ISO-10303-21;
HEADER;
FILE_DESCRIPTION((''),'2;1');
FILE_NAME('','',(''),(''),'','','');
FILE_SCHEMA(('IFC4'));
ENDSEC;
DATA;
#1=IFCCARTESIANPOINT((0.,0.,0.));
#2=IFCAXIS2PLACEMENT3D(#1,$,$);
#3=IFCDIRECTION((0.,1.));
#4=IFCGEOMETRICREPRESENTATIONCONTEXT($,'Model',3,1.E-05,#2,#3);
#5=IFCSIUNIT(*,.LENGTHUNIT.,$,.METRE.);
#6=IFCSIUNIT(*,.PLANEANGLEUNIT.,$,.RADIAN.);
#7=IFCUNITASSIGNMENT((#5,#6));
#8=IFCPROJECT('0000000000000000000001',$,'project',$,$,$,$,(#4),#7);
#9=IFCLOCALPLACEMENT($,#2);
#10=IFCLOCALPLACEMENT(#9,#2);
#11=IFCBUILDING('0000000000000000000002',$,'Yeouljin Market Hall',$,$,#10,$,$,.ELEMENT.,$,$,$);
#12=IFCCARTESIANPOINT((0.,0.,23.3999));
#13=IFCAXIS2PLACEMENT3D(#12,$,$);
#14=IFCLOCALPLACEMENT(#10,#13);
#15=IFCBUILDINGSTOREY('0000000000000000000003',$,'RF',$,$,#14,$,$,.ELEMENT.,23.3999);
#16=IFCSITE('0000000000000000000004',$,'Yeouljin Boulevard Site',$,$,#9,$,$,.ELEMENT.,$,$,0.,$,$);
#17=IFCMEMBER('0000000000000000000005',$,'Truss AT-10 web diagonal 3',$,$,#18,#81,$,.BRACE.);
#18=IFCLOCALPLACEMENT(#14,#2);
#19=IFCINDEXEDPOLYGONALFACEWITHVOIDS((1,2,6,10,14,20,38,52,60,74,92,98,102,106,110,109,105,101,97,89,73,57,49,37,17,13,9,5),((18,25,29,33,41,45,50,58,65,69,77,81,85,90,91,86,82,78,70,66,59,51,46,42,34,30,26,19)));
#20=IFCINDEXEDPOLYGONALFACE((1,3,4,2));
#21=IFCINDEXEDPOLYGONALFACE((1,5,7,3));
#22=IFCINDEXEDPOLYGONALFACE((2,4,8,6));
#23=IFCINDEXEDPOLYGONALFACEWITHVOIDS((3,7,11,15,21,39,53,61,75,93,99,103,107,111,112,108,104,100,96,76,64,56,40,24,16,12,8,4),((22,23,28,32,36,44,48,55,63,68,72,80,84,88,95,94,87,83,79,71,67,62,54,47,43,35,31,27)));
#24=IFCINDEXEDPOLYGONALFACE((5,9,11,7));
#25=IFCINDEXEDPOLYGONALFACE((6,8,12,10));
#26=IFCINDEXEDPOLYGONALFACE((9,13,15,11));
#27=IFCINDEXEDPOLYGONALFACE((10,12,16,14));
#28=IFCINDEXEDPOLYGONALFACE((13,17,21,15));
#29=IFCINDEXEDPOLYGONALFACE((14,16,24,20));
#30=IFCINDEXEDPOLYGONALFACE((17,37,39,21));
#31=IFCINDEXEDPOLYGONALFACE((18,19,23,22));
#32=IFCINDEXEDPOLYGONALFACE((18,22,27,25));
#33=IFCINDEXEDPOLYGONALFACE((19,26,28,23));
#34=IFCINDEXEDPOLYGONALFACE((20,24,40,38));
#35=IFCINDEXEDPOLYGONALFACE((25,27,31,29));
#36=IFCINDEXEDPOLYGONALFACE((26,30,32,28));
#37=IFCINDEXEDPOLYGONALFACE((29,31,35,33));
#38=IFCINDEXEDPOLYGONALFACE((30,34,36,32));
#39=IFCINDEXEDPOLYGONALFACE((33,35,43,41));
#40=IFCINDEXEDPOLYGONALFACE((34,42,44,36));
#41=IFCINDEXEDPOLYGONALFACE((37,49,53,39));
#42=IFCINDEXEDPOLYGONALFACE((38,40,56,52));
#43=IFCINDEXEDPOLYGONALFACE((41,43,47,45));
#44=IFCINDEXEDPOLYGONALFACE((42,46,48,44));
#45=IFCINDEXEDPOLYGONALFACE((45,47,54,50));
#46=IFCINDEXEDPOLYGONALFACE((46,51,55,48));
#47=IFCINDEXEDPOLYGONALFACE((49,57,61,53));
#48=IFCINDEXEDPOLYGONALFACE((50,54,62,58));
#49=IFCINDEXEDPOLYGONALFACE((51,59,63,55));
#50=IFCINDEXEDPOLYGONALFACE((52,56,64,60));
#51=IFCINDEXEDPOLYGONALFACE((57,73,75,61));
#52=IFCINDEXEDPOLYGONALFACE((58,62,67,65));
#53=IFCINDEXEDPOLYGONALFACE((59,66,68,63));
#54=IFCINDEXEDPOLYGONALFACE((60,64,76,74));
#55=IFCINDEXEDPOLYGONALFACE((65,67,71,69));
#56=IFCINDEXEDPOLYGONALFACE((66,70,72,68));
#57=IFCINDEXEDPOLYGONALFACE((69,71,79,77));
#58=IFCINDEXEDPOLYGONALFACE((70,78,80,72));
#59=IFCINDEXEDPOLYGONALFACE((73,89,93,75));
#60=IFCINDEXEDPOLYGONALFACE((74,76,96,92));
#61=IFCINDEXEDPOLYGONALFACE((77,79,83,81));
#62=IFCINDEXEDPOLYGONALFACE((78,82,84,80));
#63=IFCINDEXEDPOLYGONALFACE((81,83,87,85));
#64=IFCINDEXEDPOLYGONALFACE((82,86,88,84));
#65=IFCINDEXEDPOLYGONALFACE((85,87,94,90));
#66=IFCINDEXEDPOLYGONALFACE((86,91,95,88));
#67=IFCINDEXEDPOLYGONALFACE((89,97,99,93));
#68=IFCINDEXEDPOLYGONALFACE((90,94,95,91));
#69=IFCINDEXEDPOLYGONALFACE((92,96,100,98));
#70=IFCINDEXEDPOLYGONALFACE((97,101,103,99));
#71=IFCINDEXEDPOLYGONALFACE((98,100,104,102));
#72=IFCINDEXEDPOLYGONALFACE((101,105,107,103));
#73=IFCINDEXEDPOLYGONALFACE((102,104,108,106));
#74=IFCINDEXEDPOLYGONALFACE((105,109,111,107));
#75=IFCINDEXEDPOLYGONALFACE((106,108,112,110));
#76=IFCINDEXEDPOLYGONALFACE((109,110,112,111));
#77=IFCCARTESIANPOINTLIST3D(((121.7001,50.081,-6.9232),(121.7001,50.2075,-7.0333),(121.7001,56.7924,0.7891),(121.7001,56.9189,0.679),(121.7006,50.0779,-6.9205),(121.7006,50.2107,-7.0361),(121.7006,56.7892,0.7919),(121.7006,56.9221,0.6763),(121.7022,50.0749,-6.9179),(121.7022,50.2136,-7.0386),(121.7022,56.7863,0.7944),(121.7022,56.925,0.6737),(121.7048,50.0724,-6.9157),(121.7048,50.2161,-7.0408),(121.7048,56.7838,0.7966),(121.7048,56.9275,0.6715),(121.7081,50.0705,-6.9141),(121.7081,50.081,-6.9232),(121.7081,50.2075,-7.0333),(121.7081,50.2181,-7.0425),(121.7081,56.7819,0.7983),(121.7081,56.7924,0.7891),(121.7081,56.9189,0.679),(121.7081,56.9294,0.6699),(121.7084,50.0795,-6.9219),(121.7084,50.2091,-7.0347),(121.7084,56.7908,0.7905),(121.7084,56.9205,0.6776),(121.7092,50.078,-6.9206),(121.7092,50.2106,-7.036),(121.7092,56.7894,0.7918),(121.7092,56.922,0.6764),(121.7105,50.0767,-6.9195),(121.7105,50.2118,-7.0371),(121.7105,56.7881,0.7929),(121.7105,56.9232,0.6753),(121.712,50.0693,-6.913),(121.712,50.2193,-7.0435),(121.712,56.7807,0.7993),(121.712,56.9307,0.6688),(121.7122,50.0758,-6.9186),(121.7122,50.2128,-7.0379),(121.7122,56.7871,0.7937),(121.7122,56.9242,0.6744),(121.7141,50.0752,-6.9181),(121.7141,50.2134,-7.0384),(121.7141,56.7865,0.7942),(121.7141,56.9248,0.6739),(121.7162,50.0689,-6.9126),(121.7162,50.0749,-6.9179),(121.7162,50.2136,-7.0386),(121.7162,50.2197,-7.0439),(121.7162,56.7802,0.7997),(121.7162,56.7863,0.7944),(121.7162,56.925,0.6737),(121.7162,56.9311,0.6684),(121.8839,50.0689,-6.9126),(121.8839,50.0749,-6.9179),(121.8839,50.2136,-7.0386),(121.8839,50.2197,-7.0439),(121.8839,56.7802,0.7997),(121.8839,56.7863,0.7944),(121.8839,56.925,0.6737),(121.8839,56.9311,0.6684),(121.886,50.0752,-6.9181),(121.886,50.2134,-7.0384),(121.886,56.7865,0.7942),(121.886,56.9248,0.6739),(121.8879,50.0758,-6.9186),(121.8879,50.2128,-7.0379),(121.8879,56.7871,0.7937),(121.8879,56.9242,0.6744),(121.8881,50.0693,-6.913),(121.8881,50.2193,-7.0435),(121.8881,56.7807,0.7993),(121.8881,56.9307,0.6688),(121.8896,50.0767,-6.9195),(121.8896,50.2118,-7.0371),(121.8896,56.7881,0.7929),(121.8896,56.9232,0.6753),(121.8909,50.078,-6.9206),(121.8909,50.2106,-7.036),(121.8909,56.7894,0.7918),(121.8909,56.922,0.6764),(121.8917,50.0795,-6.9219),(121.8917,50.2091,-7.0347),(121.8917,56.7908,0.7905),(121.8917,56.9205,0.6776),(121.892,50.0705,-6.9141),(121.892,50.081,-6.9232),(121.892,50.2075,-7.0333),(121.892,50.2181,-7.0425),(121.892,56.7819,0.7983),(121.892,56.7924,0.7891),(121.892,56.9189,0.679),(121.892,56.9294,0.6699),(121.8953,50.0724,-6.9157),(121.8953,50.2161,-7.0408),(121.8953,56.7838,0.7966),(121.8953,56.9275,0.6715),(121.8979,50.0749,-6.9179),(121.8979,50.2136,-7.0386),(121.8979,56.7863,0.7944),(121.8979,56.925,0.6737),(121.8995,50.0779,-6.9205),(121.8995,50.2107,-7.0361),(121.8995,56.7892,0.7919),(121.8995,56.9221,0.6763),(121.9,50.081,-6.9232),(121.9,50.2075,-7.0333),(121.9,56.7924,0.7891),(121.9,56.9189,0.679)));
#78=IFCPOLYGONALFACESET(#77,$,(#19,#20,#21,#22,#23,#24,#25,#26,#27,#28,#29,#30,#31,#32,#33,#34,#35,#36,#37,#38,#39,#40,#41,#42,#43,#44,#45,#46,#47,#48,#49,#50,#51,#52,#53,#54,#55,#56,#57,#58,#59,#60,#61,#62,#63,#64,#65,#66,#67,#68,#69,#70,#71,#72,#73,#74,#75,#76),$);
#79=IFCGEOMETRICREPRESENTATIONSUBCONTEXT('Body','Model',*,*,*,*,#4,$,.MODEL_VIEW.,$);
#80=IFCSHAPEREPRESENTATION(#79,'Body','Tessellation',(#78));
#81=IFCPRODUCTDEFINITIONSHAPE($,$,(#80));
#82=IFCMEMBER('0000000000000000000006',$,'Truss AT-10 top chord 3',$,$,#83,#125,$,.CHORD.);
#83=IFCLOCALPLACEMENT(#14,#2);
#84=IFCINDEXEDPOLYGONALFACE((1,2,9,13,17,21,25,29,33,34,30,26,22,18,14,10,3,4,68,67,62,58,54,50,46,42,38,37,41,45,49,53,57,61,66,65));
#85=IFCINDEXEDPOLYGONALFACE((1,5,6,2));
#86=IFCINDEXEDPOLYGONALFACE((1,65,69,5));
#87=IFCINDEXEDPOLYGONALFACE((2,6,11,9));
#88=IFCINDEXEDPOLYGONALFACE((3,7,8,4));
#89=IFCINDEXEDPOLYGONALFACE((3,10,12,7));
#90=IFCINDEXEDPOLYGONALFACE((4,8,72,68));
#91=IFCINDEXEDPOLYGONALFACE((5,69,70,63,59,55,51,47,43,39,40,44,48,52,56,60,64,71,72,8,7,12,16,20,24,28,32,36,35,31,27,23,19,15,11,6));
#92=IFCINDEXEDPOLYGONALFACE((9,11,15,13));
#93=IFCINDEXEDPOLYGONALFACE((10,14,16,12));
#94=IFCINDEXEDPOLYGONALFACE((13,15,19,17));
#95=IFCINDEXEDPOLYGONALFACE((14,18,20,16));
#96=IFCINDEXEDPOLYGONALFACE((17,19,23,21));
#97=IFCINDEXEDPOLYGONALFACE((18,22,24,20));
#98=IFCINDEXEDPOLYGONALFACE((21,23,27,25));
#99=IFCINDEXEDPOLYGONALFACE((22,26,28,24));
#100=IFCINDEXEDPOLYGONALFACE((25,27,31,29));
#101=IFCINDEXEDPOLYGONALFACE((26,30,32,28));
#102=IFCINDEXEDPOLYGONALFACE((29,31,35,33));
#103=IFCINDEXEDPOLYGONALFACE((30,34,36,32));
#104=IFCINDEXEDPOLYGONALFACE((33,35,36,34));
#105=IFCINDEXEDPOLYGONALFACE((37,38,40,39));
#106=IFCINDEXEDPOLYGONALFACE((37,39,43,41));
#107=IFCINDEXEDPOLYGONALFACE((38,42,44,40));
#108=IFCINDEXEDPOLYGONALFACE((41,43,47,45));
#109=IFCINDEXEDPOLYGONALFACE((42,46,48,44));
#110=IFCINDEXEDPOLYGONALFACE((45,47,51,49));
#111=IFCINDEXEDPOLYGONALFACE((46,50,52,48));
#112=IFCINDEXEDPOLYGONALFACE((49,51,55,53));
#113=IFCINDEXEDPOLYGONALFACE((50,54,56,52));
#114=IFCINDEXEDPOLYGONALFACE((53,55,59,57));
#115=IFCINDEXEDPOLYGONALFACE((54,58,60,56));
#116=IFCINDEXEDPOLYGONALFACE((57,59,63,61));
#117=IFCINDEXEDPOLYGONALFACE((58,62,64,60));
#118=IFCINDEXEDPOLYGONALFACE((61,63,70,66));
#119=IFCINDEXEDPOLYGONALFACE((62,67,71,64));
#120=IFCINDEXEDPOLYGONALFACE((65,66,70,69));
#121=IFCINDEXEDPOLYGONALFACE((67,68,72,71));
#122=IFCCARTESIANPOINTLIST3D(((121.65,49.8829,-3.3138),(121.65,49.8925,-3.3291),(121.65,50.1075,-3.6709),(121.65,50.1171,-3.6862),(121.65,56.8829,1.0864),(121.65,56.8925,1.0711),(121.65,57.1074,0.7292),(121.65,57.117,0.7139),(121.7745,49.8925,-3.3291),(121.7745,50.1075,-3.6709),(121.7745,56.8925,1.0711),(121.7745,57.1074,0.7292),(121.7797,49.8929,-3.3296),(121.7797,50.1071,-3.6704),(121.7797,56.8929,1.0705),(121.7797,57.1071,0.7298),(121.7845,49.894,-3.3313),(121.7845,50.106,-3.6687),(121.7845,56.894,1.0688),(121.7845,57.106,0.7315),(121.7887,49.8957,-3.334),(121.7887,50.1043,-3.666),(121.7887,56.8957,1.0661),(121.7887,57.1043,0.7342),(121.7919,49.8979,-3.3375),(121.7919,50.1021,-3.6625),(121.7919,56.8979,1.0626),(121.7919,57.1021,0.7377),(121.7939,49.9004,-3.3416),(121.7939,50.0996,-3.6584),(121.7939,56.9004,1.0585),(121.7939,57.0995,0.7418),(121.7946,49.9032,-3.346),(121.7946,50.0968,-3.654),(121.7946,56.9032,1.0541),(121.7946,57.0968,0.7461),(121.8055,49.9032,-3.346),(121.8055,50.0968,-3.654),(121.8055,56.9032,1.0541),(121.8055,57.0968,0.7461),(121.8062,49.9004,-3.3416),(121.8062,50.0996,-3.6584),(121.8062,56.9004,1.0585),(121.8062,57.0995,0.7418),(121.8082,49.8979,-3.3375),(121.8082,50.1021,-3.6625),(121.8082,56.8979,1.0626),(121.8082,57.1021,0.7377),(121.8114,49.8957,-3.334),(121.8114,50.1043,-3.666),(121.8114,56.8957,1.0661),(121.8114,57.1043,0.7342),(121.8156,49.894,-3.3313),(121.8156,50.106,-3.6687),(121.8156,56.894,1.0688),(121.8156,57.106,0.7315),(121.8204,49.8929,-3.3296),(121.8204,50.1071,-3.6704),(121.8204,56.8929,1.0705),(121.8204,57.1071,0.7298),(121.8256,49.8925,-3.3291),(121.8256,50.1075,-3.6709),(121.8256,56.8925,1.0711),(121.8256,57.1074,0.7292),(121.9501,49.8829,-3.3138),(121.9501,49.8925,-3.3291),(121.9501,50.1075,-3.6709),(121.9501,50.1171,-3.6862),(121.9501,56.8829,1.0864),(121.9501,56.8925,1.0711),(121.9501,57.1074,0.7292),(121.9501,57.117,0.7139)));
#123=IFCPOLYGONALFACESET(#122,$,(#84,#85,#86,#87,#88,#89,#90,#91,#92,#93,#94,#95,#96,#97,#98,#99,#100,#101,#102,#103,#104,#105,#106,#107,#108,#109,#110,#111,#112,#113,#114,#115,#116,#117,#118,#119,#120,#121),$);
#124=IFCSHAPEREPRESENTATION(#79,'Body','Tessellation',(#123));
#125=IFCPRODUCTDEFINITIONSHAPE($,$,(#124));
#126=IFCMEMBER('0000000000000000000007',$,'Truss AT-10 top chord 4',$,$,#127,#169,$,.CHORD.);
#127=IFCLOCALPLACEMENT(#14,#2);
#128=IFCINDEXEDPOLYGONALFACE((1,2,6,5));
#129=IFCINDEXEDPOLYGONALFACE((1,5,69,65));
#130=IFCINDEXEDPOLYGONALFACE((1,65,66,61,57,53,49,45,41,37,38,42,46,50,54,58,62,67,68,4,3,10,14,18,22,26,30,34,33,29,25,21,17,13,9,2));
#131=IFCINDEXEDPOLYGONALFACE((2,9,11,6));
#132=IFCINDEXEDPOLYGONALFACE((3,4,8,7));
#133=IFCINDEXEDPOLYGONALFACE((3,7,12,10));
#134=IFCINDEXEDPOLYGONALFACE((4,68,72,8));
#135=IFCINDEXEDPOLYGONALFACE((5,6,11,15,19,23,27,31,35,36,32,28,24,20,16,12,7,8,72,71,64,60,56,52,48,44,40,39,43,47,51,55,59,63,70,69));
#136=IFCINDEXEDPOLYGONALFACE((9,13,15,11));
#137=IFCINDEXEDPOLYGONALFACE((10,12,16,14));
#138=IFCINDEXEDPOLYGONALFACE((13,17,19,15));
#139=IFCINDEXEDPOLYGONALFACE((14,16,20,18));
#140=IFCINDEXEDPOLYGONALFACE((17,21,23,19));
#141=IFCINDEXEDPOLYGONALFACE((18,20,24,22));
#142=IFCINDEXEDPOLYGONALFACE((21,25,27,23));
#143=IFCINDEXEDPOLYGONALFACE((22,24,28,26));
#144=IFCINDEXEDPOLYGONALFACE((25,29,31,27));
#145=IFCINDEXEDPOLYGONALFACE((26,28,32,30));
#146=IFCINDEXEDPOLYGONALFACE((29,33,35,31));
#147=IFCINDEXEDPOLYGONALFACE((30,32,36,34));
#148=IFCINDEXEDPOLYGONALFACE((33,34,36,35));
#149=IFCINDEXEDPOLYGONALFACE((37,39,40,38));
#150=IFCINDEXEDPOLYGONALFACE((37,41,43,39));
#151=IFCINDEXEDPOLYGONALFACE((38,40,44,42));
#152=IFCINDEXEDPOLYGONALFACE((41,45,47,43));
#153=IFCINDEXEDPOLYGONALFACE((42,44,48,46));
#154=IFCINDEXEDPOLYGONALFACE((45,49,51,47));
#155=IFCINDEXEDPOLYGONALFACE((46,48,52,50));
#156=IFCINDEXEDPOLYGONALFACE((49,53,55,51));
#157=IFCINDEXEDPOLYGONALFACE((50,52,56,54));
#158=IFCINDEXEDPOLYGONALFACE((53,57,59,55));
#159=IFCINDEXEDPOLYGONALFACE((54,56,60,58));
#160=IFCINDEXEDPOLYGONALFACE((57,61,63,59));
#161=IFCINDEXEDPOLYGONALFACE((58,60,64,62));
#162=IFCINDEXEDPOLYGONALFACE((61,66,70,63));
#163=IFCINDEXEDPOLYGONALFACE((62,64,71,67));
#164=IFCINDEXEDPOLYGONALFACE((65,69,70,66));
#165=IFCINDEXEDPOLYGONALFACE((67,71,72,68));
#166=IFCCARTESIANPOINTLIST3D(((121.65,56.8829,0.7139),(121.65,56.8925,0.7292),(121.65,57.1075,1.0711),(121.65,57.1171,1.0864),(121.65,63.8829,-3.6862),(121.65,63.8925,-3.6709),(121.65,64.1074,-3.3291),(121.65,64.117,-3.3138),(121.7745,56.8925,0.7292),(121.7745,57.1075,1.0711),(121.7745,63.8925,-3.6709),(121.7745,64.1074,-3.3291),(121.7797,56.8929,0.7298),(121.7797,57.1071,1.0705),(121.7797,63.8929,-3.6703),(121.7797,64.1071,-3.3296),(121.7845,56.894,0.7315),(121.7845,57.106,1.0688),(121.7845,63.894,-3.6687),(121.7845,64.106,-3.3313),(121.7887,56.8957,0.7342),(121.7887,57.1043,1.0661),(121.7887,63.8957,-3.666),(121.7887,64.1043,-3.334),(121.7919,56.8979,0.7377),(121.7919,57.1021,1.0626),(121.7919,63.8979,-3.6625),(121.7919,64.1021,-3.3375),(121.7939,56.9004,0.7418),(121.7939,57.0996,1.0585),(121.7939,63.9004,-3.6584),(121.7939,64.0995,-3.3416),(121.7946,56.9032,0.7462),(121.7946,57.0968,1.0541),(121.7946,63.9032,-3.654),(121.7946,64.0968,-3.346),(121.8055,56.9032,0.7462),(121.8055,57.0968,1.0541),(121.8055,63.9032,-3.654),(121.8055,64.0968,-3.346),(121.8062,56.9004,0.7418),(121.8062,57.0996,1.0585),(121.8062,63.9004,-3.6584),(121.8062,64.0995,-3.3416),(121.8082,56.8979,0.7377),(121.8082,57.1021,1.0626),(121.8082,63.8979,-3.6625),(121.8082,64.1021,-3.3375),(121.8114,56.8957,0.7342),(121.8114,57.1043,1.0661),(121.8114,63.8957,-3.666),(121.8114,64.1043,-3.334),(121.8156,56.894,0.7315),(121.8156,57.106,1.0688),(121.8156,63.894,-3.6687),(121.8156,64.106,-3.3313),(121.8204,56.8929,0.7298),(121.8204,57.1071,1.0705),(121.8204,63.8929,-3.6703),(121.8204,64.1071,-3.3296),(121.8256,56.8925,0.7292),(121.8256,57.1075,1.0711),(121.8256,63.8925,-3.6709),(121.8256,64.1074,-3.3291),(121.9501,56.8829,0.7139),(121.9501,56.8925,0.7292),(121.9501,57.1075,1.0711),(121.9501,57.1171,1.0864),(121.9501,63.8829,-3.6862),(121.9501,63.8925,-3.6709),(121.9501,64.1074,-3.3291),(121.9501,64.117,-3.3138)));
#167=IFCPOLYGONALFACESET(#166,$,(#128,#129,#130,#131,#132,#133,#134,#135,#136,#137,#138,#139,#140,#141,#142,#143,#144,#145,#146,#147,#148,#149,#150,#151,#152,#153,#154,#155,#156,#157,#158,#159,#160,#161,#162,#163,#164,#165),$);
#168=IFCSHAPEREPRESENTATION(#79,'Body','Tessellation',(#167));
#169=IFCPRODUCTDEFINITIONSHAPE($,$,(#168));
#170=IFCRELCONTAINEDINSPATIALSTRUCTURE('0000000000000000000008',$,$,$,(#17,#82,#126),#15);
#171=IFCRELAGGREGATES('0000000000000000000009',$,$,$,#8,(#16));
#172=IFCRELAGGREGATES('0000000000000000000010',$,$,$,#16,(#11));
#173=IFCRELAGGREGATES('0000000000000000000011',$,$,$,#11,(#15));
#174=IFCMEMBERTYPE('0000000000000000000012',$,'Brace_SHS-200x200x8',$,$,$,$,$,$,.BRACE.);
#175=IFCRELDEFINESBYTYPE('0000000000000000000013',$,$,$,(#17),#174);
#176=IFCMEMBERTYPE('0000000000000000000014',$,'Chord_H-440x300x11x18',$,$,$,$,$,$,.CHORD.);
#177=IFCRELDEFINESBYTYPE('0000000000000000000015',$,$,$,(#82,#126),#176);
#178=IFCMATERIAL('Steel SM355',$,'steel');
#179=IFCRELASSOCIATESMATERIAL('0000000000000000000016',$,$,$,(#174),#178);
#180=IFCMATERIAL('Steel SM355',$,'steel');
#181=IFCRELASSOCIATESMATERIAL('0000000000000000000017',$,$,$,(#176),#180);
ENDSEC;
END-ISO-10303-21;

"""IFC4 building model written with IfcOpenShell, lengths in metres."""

from ifc_helpers import new_model, si_unit, direction, frame, origin, origin_2d, place, context, subcontext, project, spatial, hollow_rectangle, i_section, extrude, material, material_profile, profile_set, type_object, element, save


model = new_model("IFC4")

# Units and contexts
model_context = context("Model", 3, precision=1e-05, world=origin(), true_north=direction((0.0, 1.0)))
body_context = subcontext(model_context, "Body", "Model", "MODEL_VIEW")
ifc_project = project(units=[si_unit("LENGTHUNIT", "METRE"), si_unit("PLANEANGLEUNIT", "RADIAN")], contexts=[model_context])

# Site, building, storey
site_placement = place(None, origin())
site = spatial("IfcSite", under=ifc_project, at=site_placement, Name="Yeouljin Boulevard Site", CompositionType="ELEMENT", RefElevation=0.0)
building_placement = place(site_placement, origin())
building = spatial("IfcBuilding", under=site, at=building_placement, Name="Yeouljin Market Hall", CompositionType="ELEMENT")
storey_placement = place(building_placement, frame((0.0, 0.0, 23.3999)))
storey = spatial("IfcBuildingStorey", under=building, at=storey_placement, Name="RF", CompositionType="ELEMENT", Elevation=23.3999)

# Members
ifc_material_1 = material(Name="Steel SM355", Category="steel")
ifc_material_profile_1 = material_profile(ifc_material_1, hollow_rectangle(XDim=0.2, YDim=0.2, WallThickness=0.0081, InnerFilletRadius=0.0081, OuterFilletRadius=0.0161, at=origin_2d()), Name="SHS-200x200x8")
ifc_profile_set_1 = profile_set([ifc_material_profile_1], Name="Steel SM355")
member_type_1 = type_object("IfcMemberType", Name="Brace_SHS-200x200x8", PredefinedType="BRACE", material=ifc_profile_set_1)
member_1_placement = place(storey_placement, frame((121.8, 50.1443, -6.9783), z_axis=(0.0, 0.656457, 0.754364), x_axis=(-1.0, 0.0, 0.0)))
element("IfcMember", 1, at=member_1_placement, inside=storey, type_object=member_type_1, Name="Truss AT-10 web diagonal 3", PredefinedType="BRACE", context=body_context, shape_type="SweptSolid", body=[
    extrude(hollow_rectangle(XDim=0.2, YDim=0.2, WallThickness=0.0081, InnerFilletRadius=0.0081, OuterFilletRadius=0.0161, at=origin_2d()), origin(), (0.0, 0.0, 1.0), 10.2236),
])
ifc_material_2 = material(Name="Steel SM355", Category="steel")
ifc_material_profile_2 = material_profile(ifc_material_2, i_section(OverallWidth=0.3, OverallDepth=0.4399, WebThickness=0.011, FlangeThickness=0.0181, FilletRadius=0.02, at=origin_2d()), Name="H-440x300x11x18")
ifc_profile_set_2 = profile_set([ifc_material_profile_2], Name="Steel SM355")
member_type_2 = type_object("IfcMemberType", Name="Chord_H-440x300x11x18", PredefinedType="CHORD", material=ifc_profile_set_2)
for number, where, z_axis, x_axis, name in (
    (2, (121.8, 50.0, -3.5), (0.0, 0.846629, 0.532184), (-1.0, 0.0, 0.0), "Truss AT-10 top chord 3"),
    (3, (121.8, 57.0, 0.9001), (0.0, 0.846629, -0.532184), (-1.0, 0.0, 0.0), "Truss AT-10 top chord 4"),
):
    element("IfcMember", number, at=place(storey_placement, frame(where, z_axis=z_axis, x_axis=x_axis)), inside=storey, type_object=member_type_2, Name=name, PredefinedType="CHORD", context=body_context, shape_type="SweptSolid", body=[
        extrude(i_section(OverallWidth=0.3, OverallDepth=0.4399, WebThickness=0.011, FlangeThickness=0.0181, FilletRadius=0.02, at=origin_2d()), origin(), (0.0, 0.0, 1.0), 8.2681),
    ])

save(model, "model.ifc")
